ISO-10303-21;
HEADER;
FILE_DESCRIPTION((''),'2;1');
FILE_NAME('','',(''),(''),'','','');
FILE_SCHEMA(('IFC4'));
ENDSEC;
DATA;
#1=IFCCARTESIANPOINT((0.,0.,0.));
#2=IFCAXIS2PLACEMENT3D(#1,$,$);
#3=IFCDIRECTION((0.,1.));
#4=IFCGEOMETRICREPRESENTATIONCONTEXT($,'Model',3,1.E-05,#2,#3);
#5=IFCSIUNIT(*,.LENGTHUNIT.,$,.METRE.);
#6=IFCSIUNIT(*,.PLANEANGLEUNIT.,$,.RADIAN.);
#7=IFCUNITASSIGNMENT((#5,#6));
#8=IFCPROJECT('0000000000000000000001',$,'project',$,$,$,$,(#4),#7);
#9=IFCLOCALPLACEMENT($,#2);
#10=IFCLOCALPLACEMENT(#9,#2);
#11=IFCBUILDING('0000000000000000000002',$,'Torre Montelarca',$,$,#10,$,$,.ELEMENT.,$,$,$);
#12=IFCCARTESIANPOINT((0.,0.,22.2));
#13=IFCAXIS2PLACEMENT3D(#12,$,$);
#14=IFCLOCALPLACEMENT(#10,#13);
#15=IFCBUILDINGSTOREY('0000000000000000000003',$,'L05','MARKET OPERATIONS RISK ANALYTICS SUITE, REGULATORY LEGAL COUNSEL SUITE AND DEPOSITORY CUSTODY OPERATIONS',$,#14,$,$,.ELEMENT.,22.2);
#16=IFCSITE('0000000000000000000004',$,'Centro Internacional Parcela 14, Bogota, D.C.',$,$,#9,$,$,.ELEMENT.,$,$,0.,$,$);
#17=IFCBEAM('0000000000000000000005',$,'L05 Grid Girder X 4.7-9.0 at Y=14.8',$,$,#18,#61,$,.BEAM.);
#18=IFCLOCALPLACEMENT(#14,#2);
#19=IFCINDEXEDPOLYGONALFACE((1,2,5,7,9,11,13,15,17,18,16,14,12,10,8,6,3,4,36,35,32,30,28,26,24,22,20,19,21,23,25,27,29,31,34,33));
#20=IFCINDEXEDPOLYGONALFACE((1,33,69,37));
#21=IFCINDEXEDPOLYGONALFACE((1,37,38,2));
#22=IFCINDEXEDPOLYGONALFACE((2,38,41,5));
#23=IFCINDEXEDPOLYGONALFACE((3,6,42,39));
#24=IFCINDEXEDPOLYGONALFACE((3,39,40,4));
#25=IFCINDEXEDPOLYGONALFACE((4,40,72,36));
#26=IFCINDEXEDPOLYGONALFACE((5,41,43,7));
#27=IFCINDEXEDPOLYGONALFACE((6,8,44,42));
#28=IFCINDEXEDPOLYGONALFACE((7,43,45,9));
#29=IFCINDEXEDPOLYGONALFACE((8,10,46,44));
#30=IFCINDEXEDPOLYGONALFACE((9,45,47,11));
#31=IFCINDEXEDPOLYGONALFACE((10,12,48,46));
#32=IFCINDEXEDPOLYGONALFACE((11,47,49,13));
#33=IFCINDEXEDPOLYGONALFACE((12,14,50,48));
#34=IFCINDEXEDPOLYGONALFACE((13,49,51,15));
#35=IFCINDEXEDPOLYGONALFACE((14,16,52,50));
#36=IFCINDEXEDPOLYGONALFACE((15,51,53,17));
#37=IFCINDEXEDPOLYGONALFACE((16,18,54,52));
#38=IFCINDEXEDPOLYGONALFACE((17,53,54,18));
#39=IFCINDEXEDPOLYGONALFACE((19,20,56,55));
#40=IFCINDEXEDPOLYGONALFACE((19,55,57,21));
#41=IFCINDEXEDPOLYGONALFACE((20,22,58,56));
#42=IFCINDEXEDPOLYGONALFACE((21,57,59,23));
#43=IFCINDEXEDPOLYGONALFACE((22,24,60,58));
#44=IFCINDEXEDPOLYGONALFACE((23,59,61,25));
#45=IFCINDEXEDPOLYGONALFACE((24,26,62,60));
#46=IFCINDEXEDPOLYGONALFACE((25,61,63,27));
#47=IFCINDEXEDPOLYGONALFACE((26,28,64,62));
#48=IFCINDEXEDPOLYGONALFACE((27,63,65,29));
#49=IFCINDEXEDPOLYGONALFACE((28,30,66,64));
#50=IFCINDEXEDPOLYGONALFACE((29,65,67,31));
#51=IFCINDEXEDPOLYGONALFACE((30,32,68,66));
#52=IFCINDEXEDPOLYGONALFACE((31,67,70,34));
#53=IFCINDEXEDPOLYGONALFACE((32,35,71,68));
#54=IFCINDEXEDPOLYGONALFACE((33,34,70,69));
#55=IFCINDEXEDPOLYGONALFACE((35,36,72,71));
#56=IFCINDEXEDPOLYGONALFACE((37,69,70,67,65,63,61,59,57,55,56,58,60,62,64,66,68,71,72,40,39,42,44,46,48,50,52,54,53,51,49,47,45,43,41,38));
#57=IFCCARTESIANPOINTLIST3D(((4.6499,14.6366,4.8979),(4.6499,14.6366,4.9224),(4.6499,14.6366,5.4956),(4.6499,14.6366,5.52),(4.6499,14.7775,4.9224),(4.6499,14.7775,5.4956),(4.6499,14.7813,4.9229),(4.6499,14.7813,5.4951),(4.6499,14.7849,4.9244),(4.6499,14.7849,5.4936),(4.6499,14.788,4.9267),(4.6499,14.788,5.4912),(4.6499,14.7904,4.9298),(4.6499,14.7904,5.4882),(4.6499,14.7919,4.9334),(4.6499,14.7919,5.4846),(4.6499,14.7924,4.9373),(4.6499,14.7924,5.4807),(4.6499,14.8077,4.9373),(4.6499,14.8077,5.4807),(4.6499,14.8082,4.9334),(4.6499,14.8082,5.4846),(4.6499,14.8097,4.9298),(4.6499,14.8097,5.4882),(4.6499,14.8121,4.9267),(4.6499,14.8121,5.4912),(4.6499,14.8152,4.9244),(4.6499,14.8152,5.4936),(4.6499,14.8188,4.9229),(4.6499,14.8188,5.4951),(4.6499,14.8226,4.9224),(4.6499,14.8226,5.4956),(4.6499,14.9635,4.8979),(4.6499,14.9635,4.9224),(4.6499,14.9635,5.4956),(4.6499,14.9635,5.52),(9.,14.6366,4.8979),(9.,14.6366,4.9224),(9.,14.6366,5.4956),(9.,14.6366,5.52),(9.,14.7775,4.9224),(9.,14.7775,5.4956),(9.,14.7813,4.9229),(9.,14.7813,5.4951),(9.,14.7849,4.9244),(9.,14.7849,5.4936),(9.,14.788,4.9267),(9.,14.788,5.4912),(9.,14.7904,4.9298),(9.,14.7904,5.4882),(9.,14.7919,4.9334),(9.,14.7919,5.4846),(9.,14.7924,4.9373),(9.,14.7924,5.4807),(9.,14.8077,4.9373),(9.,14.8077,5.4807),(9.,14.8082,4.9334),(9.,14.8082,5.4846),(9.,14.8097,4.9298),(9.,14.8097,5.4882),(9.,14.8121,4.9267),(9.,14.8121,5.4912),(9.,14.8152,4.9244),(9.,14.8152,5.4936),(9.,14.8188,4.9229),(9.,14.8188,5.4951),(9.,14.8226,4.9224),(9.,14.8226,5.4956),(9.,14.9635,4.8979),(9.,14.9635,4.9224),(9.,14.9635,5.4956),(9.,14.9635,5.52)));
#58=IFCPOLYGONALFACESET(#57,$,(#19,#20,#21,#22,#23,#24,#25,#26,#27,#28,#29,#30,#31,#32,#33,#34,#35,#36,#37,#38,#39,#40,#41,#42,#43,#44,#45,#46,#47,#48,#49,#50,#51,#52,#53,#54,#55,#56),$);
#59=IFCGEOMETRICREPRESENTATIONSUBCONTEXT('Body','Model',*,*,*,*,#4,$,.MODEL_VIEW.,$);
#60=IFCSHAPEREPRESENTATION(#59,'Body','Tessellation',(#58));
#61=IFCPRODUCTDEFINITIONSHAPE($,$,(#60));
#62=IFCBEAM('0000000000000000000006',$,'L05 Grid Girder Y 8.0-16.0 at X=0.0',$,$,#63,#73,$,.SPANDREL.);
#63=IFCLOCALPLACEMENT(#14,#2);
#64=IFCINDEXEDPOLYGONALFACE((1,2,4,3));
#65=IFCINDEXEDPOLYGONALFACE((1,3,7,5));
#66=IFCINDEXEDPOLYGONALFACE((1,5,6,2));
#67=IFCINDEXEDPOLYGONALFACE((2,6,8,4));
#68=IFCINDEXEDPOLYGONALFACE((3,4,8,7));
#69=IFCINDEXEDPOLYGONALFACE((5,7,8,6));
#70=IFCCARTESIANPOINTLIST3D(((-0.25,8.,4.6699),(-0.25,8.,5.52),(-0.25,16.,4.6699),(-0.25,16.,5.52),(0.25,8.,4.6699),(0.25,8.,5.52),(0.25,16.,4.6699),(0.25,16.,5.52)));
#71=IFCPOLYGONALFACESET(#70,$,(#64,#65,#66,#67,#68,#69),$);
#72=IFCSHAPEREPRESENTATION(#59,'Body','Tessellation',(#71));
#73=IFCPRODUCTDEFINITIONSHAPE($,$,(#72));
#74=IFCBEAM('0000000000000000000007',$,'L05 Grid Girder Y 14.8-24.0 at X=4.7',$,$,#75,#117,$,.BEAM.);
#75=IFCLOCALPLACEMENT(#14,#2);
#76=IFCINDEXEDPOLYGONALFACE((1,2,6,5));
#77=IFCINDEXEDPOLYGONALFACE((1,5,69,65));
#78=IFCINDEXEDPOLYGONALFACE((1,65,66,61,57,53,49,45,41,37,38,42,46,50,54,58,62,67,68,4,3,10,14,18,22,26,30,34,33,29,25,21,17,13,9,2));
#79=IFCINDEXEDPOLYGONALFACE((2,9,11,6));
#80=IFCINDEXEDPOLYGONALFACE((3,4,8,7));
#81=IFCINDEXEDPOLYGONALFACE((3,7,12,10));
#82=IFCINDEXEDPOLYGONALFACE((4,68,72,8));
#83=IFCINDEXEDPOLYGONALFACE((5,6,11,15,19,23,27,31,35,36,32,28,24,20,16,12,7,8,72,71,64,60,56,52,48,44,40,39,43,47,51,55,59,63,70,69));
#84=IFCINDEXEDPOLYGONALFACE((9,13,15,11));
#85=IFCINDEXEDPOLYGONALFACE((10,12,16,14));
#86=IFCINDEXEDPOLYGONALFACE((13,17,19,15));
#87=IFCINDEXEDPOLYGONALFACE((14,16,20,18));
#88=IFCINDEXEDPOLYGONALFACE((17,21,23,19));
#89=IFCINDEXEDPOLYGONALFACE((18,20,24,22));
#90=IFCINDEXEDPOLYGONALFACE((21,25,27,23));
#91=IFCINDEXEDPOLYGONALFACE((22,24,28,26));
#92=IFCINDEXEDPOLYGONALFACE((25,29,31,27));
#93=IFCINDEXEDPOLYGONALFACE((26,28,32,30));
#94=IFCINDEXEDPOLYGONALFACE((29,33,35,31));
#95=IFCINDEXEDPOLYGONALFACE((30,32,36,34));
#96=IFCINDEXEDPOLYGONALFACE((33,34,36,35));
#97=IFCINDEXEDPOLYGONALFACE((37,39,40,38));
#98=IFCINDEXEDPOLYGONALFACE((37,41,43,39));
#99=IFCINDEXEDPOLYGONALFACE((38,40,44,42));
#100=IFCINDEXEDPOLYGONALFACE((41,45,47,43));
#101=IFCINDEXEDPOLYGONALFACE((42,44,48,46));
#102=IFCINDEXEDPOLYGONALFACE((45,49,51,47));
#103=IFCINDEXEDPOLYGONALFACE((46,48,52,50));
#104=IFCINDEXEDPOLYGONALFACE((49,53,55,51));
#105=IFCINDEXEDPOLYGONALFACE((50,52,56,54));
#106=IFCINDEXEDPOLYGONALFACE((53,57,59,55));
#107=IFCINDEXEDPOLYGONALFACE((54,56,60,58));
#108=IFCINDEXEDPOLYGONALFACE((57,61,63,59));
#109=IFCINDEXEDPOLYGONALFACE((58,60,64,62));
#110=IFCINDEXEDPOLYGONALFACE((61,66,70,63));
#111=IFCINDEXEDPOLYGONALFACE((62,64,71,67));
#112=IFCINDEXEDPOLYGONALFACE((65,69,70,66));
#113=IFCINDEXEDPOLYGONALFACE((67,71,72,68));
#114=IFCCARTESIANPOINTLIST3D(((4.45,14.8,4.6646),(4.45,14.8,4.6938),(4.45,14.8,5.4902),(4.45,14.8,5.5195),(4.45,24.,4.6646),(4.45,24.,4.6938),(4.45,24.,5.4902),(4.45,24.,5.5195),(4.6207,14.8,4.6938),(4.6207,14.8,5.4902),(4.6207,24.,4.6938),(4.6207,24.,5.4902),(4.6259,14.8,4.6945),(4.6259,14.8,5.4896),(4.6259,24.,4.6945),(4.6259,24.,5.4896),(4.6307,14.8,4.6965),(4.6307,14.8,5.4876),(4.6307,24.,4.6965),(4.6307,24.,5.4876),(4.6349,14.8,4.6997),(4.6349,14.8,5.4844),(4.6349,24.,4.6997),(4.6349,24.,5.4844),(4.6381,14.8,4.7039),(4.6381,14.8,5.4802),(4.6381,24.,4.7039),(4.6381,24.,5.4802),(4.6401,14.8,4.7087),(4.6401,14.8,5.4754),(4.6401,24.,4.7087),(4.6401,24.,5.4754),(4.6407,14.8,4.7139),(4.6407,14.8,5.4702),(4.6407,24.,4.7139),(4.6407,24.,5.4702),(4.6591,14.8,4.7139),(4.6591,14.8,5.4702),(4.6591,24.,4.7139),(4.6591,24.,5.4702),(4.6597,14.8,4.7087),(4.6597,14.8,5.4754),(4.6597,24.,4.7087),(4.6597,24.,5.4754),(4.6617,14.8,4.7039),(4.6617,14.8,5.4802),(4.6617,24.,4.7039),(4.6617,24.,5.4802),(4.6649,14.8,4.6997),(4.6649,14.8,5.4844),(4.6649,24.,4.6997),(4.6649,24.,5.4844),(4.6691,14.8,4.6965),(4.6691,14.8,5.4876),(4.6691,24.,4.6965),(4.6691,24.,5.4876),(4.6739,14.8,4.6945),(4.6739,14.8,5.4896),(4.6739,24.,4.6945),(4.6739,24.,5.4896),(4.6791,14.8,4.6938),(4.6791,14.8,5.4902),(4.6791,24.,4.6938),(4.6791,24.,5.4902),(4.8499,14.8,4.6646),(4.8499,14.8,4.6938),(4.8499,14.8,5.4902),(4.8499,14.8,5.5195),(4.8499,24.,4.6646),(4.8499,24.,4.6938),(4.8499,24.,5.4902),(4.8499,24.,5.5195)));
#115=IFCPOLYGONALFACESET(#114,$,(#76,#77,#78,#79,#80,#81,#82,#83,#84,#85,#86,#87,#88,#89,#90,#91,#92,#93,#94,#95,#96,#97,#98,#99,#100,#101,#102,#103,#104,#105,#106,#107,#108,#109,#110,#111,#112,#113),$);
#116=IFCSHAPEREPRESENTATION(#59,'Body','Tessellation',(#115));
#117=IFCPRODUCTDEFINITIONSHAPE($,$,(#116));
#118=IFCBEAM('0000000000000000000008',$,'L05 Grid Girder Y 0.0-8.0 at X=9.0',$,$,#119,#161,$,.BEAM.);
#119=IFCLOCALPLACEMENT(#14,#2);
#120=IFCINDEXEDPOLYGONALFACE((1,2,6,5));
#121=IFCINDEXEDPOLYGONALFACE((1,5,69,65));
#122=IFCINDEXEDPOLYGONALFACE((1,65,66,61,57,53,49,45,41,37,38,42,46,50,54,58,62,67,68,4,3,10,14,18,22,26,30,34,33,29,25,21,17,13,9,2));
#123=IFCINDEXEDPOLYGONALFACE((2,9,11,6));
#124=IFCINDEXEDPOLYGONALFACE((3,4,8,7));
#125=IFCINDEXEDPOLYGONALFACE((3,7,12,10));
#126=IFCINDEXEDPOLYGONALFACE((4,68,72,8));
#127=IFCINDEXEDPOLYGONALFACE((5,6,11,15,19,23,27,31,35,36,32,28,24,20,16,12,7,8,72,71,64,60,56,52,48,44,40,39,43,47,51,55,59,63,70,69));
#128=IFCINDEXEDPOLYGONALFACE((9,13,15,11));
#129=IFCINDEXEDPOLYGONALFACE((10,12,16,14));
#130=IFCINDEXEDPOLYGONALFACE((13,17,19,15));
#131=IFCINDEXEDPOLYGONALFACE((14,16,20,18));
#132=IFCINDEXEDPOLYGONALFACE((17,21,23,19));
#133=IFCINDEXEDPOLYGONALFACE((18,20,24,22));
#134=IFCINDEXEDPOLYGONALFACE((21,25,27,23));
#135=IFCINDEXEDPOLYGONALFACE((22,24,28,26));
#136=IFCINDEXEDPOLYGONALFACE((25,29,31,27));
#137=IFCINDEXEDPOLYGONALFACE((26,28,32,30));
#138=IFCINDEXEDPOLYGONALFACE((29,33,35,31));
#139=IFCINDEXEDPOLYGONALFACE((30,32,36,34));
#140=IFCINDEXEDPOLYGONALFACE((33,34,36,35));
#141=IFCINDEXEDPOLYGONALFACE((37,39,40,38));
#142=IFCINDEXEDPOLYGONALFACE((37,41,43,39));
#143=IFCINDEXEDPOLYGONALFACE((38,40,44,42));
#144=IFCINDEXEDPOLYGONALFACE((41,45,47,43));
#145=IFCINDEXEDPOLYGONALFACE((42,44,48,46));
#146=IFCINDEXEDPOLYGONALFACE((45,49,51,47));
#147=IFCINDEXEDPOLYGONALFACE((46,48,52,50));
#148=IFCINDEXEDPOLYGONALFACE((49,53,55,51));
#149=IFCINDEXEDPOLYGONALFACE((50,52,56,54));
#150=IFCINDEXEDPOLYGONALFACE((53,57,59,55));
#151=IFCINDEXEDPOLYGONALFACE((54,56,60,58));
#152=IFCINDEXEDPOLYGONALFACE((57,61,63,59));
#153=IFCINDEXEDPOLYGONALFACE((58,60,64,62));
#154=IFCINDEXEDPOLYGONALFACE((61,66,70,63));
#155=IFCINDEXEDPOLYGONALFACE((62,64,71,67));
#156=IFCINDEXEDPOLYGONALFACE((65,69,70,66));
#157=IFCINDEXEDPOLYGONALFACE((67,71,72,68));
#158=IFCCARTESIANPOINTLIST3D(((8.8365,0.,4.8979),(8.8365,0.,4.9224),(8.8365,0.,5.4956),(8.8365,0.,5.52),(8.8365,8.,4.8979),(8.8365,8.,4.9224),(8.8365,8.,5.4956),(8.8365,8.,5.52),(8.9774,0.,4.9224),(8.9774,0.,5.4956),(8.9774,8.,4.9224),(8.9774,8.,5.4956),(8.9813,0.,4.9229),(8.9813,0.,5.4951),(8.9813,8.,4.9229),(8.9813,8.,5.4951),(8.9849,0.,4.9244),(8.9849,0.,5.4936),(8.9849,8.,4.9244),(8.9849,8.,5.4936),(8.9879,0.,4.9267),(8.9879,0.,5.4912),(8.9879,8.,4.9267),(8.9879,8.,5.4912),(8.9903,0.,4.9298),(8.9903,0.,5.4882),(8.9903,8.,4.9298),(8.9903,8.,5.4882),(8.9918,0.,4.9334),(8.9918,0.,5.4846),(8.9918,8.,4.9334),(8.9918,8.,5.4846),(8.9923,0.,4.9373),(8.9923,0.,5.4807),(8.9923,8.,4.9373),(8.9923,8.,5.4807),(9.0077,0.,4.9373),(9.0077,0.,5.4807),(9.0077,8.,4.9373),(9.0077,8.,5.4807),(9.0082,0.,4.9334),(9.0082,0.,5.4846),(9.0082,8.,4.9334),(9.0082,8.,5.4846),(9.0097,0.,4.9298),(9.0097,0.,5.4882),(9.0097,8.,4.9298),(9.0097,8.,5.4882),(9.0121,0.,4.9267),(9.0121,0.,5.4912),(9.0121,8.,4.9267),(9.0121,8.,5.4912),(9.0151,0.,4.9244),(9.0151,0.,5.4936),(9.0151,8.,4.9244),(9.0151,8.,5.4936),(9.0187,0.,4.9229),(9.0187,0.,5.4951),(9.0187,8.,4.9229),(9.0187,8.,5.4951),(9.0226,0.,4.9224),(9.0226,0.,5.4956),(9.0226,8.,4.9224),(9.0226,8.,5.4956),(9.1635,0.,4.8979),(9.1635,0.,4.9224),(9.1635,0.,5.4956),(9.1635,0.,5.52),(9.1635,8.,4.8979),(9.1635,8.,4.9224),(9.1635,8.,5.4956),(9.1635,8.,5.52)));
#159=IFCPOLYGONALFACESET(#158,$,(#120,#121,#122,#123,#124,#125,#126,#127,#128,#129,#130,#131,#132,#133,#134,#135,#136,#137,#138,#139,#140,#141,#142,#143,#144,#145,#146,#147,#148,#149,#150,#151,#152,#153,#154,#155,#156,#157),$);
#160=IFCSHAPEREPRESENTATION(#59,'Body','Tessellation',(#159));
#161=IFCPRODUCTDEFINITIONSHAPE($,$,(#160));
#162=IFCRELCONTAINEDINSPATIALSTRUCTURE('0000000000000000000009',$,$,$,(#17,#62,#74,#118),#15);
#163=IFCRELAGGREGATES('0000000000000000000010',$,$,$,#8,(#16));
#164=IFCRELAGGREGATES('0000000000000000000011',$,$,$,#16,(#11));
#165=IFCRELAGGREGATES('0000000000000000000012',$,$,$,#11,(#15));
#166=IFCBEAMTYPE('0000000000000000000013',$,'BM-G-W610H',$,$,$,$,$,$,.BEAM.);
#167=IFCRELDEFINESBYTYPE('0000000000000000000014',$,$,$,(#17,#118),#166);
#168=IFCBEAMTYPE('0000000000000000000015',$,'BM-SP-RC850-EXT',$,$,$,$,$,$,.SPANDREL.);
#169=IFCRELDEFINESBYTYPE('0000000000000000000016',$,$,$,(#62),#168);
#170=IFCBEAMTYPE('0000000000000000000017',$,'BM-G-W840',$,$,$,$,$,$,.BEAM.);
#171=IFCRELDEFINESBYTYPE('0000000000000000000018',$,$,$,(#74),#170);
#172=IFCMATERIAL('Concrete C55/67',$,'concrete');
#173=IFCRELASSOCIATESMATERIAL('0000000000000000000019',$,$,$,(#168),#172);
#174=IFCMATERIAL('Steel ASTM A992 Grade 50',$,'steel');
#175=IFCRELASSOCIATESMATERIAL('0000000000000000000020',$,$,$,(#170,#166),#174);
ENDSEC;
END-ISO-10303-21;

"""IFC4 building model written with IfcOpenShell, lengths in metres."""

from ifc_helpers import new_model, si_unit, direction, frame, origin, origin_2d, place, context, subcontext, project, spatial, rectangle, i_section, extrude, source, transform, mapped, material, material_profile, profile_set, type_object, element, save


model = new_model("IFC4")

# Units and contexts
model_context = context("Model", 3, precision=1e-05, world=origin(), true_north=direction((0.0, 1.0)))
body_context = subcontext(model_context, "Body", "Model", "MODEL_VIEW")
ifc_project = project(units=[si_unit("LENGTHUNIT", "METRE"), si_unit("PLANEANGLEUNIT", "RADIAN")], contexts=[model_context])

# Site, building, storey
site_placement = place(None, origin())
site = spatial("IfcSite", under=ifc_project, at=site_placement, Name="Centro Internacional Parcela 14, Bogota, D.C.", CompositionType="ELEMENT", RefElevation=0.0)
building_placement = place(site_placement, origin())
building = spatial("IfcBuilding", under=site, at=building_placement, Name="Torre Montelarca", CompositionType="ELEMENT")
storey_placement = place(building_placement, frame((0.0, 0.0, 22.2)))
storey = spatial("IfcBuildingStorey", under=building, at=storey_placement, Name="L05", Description="MARKET OPERATIONS RISK ANALYTICS SUITE, REGULATORY LEGAL COUNSEL SUITE AND DEPOSITORY CUSTODY OPERATIONS", CompositionType="ELEMENT", Elevation=22.2)

# Beams
ifc_material_1 = material(Name="Concrete C55/67", Category="concrete")
ifc_material_profile_1 = material_profile(ifc_material_1, rectangle(XDim=0.5, YDim=0.8501, at=origin_2d()), Name="RCB500X850", Category="concrete")
ifc_profile_set_1 = profile_set([ifc_material_profile_1], Name="Concrete C55/67")
beam_type_1 = type_object("IfcBeamType", Name="BM-SP-RC850-EXT", PredefinedType="SPANDREL", material=ifc_profile_set_1)
ifc_material_2 = material(Name="Steel ASTM A992 Grade 50", Category="steel")
ifc_material_profile_2 = material_profile(ifc_material_2, i_section(OverallWidth=0.3999, OverallDepth=0.855, WebThickness=0.0183, FlangeThickness=0.0293, FilletRadius=0.02, at=origin_2d()), Name="W840X299", Category="steel")
ifc_profile_set_2 = profile_set([ifc_material_profile_2], Name="Steel ASTM A992 Grade 50")
beam_type_2 = type_object("IfcBeamType", Name="BM-G-W840", PredefinedType="BEAM", material=ifc_profile_set_2)
ifc_material_profile_3 = material_profile(ifc_material_2, i_section(OverallWidth=0.3269, OverallDepth=0.6221, WebThickness=0.0154, FlangeThickness=0.0244, FilletRadius=0.0149, at=origin_2d()), Name="W610X195", Category="steel")
ifc_profile_set_3 = profile_set([ifc_material_profile_3], Name="Steel ASTM A992 Grade 50")
beam_type_3 = type_object("IfcBeamType", Name="BM-G-W610H", PredefinedType="BEAM", material=ifc_profile_set_3)
shared_shape_1 = source(origin(), body_context, "Body", "SweptSolid", [
    extrude(i_section(OverallWidth=0.3269, OverallDepth=0.6221, WebThickness=0.0154, FlangeThickness=0.0244, FilletRadius=0.0149, at=origin_2d()), origin(), (0.0, 0.0, 1.0), 4.3501),
])
beam_1_placement = place(storey_placement, frame((4.6499, 14.8, 5.209), z_axis=(1.0, 0.0, 0.0), x_axis=(0.0, 1.0, 0.0)))
element("IfcBeam", 1, at=beam_1_placement, inside=storey, type_object=beam_type_3, Name="L05 Grid Girder X 4.7-9.0 at Y=14.8", PredefinedType="BEAM", context=body_context, shape_type="MappedRepresentation", body=[
    mapped(shared_shape_1, transform((0.0, 0.0, 0.0), scale=1.0)),
])
shared_shape_2 = source(origin(), body_context, "Body", "SweptSolid", [
    extrude(rectangle(XDim=0.5, YDim=0.8501, at=origin_2d()), origin(), (0.0, 0.0, 1.0), 8.0),
])
beam_2_placement = place(storey_placement, frame((0.0, 8.0, 5.095), z_axis=(0.0, 1.0, 0.0), x_axis=(-1.0, 0.0, 0.0)))
element("IfcBeam", 2, at=beam_2_placement, inside=storey, type_object=beam_type_1, Name="L05 Grid Girder Y 8.0-16.0 at X=0.0", PredefinedType="SPANDREL", context=body_context, shape_type="MappedRepresentation", body=[
    mapped(shared_shape_2, transform((0.0, 0.0, 0.0), scale=1.0)),
])
shared_shape_3 = source(origin(), body_context, "Body", "SweptSolid", [
    extrude(i_section(OverallWidth=0.3999, OverallDepth=0.855, WebThickness=0.0183, FlangeThickness=0.0293, FilletRadius=0.02, at=origin_2d()), origin(), (0.0, 0.0, 1.0), 9.2),
])
beam_3_placement = place(storey_placement, frame((4.6499, 14.8, 5.092), z_axis=(0.0, 1.0, 0.0), x_axis=(-1.0, 0.0, 0.0)))
element("IfcBeam", 3, at=beam_3_placement, inside=storey, type_object=beam_type_2, Name="L05 Grid Girder Y 14.8-24.0 at X=4.7", PredefinedType="BEAM", context=body_context, shape_type="MappedRepresentation", body=[
    mapped(shared_shape_3, transform((0.0, 0.0, 0.0), scale=1.0)),
])
shared_shape_4 = source(origin(), body_context, "Body", "SweptSolid", [
    extrude(i_section(OverallWidth=0.3269, OverallDepth=0.6221, WebThickness=0.0154, FlangeThickness=0.0244, FilletRadius=0.0149, at=origin_2d()), origin(), (0.0, 0.0, 1.0), 8.0),
])
beam_4_placement = place(storey_placement, frame((9.0, 0.0, 5.209), z_axis=(0.0, 1.0, 0.0), x_axis=(-1.0, 0.0, 0.0)))
element("IfcBeam", 4, at=beam_4_placement, inside=storey, type_object=beam_type_3, Name="L05 Grid Girder Y 0.0-8.0 at X=9.0", PredefinedType="BEAM", context=body_context, shape_type="MappedRepresentation", body=[
    mapped(shared_shape_4, transform((0.0, 0.0, 0.0), scale=1.0)),
])

save(model, "model.ifc")
